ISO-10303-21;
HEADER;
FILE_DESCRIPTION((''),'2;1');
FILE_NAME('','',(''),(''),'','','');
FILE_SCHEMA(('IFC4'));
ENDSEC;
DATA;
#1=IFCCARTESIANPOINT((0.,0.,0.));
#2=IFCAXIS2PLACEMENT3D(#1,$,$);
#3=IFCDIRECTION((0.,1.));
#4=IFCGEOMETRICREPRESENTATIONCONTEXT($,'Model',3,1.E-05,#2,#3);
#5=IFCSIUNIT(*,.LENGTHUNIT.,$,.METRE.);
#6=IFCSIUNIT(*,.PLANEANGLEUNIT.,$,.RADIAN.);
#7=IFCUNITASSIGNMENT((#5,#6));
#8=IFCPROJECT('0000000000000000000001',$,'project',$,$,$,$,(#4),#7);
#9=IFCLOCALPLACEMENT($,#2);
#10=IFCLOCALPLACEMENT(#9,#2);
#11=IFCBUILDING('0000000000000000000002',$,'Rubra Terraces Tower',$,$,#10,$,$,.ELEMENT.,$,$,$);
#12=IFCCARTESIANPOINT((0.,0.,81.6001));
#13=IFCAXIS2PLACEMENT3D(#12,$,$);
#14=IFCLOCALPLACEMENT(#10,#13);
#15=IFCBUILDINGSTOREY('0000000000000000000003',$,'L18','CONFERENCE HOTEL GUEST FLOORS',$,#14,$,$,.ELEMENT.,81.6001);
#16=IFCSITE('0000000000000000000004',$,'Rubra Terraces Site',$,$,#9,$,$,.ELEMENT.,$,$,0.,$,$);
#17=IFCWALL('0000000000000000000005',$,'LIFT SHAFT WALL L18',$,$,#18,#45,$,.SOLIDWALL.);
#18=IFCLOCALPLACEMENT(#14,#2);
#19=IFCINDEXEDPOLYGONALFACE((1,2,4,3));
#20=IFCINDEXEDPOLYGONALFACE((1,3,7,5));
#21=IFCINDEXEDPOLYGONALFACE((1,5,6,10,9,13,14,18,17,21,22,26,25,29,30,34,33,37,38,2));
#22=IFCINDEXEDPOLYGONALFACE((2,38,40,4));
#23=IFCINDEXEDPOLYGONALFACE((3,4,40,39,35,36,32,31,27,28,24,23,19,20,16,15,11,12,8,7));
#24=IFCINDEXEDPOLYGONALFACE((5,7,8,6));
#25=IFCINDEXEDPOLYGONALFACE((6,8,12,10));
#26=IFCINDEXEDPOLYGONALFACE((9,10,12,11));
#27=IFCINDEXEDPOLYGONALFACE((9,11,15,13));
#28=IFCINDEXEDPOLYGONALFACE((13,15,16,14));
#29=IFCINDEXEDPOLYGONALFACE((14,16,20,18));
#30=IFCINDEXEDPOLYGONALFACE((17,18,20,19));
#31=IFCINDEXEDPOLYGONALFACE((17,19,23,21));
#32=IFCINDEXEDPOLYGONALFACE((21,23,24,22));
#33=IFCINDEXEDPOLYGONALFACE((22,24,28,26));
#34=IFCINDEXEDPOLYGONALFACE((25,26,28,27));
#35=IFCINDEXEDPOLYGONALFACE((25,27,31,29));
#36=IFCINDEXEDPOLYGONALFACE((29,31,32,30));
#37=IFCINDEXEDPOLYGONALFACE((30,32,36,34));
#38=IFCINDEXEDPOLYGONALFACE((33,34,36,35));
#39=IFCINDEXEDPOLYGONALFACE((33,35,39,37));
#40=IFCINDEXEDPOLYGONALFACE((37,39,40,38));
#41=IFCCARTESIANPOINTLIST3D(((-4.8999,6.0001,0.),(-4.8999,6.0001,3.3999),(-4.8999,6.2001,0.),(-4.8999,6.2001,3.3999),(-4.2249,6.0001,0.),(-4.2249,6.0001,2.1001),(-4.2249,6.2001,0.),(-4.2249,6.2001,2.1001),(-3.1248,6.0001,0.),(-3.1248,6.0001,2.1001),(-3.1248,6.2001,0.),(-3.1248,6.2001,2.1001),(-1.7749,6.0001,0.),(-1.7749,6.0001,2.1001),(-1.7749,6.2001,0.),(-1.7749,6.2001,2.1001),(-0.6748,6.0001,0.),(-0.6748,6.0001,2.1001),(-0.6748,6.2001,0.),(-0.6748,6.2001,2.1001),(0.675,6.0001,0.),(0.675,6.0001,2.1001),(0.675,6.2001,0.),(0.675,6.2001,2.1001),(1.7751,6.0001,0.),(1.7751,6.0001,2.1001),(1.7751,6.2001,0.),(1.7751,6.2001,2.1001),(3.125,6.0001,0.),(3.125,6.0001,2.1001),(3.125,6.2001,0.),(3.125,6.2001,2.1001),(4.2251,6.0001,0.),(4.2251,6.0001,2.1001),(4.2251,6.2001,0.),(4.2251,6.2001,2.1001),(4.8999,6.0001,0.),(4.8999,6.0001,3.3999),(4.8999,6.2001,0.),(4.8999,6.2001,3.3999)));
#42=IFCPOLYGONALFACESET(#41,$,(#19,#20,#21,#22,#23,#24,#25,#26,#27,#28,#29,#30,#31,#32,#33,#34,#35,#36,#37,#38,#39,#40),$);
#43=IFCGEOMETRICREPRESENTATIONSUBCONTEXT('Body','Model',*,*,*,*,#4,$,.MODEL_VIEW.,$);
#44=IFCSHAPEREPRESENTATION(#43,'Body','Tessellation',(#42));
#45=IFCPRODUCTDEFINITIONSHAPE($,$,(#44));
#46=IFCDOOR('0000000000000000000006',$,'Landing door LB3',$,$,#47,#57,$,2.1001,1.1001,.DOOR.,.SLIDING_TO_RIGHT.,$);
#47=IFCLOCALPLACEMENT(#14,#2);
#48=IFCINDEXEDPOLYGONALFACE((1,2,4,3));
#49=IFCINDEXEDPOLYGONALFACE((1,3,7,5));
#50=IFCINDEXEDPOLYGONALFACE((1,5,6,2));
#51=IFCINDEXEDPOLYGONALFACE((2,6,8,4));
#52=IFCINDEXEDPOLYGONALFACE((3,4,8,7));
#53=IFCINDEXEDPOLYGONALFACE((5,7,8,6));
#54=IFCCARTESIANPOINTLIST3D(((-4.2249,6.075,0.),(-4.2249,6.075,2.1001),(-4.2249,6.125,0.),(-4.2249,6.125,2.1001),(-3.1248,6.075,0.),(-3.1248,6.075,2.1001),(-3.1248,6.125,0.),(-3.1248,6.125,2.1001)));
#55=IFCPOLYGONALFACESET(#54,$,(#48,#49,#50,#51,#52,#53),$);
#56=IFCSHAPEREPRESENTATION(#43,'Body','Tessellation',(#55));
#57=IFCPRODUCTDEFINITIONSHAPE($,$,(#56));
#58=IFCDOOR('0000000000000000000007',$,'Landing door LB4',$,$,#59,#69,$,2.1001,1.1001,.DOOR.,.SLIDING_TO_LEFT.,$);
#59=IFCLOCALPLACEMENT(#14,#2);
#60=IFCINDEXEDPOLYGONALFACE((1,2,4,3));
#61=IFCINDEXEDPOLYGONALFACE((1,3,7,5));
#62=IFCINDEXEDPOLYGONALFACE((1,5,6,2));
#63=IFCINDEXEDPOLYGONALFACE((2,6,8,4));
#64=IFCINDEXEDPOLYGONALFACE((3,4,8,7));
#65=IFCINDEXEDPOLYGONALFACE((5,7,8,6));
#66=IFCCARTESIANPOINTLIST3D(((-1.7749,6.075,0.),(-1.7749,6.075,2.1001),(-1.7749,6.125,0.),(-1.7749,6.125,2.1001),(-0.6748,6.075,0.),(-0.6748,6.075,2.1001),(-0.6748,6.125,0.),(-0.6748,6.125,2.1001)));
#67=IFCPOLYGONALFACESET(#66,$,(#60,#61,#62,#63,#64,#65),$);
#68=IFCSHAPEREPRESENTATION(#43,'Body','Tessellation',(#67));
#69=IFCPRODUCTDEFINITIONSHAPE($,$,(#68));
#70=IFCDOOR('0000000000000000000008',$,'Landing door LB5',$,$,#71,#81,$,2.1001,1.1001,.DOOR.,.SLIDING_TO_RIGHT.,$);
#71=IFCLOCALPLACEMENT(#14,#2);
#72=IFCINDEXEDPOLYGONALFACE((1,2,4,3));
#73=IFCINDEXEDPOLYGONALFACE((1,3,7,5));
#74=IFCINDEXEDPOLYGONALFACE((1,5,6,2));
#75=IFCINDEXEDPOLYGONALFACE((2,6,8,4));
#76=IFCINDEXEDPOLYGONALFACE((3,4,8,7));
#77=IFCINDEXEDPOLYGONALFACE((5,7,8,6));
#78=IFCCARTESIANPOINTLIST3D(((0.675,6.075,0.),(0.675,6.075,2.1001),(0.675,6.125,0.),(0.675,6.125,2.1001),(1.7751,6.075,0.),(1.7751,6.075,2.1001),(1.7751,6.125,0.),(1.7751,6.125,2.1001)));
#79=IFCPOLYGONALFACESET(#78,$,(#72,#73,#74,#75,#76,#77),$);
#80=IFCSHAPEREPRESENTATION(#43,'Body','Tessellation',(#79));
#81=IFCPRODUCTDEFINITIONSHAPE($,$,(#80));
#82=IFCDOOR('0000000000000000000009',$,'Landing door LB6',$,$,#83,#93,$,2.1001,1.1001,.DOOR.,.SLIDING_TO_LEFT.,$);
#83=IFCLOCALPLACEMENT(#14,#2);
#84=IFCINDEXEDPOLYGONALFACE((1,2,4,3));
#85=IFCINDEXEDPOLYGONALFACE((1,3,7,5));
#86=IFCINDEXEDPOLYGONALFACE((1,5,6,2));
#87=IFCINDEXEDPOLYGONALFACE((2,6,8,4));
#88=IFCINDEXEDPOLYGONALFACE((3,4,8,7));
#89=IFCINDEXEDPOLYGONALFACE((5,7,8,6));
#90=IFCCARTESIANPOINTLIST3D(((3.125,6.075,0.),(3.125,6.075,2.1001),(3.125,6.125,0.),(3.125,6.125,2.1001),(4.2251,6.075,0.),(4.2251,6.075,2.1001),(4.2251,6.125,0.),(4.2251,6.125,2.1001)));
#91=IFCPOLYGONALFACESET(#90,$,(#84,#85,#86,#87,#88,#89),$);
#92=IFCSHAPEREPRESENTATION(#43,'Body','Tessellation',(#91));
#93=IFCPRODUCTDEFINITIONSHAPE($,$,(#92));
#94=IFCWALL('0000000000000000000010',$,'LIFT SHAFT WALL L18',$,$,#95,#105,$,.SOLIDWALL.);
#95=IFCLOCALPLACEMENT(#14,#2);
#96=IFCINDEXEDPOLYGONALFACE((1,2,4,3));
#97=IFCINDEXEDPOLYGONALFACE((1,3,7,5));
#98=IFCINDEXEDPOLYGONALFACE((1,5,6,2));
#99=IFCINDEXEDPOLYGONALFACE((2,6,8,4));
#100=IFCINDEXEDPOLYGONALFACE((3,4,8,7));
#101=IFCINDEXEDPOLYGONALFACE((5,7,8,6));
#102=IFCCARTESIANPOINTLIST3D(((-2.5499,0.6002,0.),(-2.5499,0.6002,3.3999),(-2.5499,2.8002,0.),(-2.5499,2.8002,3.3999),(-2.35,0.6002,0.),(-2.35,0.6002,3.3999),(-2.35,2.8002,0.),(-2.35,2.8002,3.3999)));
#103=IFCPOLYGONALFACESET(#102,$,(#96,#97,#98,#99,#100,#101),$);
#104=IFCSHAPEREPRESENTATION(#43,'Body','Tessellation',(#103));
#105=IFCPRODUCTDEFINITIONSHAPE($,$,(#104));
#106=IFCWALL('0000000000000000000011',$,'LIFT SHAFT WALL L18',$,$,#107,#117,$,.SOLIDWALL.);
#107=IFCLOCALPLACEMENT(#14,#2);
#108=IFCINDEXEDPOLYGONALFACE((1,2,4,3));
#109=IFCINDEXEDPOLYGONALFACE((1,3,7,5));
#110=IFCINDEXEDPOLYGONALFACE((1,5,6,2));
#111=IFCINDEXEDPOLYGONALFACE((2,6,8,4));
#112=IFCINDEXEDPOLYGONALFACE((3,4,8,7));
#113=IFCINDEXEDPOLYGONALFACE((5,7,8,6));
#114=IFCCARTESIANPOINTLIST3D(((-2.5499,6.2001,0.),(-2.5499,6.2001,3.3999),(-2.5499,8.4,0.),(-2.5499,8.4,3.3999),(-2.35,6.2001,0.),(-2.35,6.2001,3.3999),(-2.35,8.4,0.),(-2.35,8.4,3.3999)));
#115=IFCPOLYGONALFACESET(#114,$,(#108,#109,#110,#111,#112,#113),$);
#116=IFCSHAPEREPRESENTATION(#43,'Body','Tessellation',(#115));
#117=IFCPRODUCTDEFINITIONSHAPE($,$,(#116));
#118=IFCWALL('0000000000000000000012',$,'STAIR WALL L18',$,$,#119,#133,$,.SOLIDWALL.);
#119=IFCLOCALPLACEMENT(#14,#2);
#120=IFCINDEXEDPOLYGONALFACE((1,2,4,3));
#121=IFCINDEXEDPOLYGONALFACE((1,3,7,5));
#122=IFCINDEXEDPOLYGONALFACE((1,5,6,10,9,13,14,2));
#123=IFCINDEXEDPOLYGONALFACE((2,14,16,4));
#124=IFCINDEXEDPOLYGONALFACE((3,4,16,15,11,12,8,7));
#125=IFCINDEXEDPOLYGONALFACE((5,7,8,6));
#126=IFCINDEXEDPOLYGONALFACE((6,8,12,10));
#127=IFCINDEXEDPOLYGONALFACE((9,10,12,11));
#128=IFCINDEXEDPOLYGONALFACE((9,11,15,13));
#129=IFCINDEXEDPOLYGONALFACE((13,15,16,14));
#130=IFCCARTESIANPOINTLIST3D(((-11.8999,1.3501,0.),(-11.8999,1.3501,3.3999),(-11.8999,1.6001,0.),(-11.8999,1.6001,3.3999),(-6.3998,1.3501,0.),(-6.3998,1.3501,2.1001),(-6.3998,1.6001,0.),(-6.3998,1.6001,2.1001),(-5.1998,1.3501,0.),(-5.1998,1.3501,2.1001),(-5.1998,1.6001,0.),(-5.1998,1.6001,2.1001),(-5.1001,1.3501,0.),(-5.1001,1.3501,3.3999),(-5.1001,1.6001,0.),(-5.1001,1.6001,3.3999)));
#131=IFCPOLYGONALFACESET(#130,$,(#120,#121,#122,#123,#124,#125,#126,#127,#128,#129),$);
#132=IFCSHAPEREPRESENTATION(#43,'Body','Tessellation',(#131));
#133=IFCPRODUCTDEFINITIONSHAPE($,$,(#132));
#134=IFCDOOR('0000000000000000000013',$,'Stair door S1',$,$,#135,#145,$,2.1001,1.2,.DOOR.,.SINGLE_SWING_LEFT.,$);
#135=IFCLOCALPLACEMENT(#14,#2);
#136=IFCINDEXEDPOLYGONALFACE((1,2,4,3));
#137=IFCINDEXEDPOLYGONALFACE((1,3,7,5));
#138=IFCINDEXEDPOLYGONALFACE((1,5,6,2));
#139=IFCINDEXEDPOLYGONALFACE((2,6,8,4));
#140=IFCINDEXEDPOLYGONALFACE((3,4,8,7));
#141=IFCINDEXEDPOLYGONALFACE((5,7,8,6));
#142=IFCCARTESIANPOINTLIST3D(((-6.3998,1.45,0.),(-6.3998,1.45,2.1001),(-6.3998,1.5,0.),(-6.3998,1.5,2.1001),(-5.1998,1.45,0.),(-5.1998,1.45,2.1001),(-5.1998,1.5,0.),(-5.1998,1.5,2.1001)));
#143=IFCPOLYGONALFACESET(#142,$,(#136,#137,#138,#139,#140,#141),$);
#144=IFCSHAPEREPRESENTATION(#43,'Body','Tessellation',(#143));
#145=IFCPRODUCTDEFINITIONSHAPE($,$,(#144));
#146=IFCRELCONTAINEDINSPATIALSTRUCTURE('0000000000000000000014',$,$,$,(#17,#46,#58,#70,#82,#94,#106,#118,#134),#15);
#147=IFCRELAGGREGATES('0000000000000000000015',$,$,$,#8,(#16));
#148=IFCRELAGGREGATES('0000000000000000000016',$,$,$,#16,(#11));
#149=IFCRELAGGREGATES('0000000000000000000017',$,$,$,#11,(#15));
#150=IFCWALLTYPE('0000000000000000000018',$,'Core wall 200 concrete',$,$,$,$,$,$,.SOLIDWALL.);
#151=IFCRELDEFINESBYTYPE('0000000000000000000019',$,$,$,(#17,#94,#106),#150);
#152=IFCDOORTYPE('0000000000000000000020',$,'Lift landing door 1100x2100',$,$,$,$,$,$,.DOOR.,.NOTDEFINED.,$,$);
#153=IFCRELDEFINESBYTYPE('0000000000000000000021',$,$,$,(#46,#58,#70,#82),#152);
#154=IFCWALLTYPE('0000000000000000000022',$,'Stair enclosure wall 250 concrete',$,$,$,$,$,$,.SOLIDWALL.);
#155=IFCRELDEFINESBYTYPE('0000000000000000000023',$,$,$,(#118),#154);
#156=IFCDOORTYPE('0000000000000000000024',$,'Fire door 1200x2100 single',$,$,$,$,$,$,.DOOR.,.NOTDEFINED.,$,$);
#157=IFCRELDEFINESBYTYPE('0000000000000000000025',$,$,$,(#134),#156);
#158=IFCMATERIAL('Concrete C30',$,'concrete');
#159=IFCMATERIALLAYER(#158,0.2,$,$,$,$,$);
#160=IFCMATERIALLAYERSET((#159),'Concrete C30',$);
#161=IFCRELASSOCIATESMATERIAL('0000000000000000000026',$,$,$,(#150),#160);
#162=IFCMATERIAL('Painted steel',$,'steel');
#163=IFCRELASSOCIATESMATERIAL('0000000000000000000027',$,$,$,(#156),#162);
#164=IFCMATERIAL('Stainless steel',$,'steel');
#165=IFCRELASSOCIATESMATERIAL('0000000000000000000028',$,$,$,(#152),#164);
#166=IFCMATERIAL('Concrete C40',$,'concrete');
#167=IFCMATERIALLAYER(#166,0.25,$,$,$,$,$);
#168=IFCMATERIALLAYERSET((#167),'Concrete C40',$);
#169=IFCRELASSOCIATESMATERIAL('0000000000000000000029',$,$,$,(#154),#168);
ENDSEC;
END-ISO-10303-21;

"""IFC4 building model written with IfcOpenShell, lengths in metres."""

from ifc_helpers import new_model, si_unit, direction, frame, frame_2d, origin, place, context, subcontext, project, spatial, rectangle, extrude, material, layer, layer_set, type_object, element, fill, save


model = new_model("IFC4")

# Units and contexts
model_context = context("Model", 3, precision=1e-05, world=origin(), true_north=direction((0.0, 1.0)))
body_context = subcontext(model_context, "Body", "Model", "MODEL_VIEW")
ifc_project = project(units=[si_unit("LENGTHUNIT", "METRE"), si_unit("PLANEANGLEUNIT", "RADIAN")], contexts=[model_context])

# Site, building, storey
site_placement = place(None, origin())
site = spatial("IfcSite", under=ifc_project, at=site_placement, Name="Rubra Terraces Site", CompositionType="ELEMENT", RefElevation=0.0)
building_placement = place(site_placement, origin())
building = spatial("IfcBuilding", under=site, at=building_placement, Name="Rubra Terraces Tower", CompositionType="ELEMENT")
storey_placement = place(building_placement, frame((0.0, 0.0, 81.6001)))
storey = spatial("IfcBuildingStorey", under=building, at=storey_placement, Name="L18", Description="CONFERENCE HOTEL GUEST FLOORS", CompositionType="ELEMENT", Elevation=81.6001)

# Shared definitions
ifc_material_1 = material(Name="Concrete C40", Category="concrete")

# Shared definitions
ifc_material_2 = material(Name="Concrete C30", Category="concrete")
ifc_layer_1 = layer(ifc_material_2, 0.2)
ifc_layer_set_1 = layer_set([ifc_layer_1], Name="Concrete C30")
wall_type_1 = type_object("IfcWallType", Name="Core wall 200 concrete", PredefinedType="SOLIDWALL", material=ifc_layer_set_1)
ifc_material_3 = material(Name="Painted steel", Category="steel")
door_type_1 = type_object("IfcDoorType", Name="Fire door 1200x2100 single", OperationType="NOTDEFINED", PredefinedType="DOOR", material=ifc_material_3)
ifc_material_4 = material(Name="Stainless steel", Category="steel")

# Wall, openings, doors
door_type_2 = type_object("IfcDoorType", Name="Lift landing door 1100x2100", OperationType="NOTDEFINED", PredefinedType="DOOR", material=ifc_material_4)
wall_1_placement = place(storey_placement, frame((-4.8999, 6.1001, 0.0), z_axis=(0.0, 0.0, 1.0), x_axis=(1.0, 0.0, 0.0)))
wall_1 = element("IfcWall", 1, at=wall_1_placement, inside=storey, type_object=wall_type_1, Name="LIFT SHAFT WALL L18", PredefinedType="SOLIDWALL", context=body_context, shape_type="SweptSolid", body=[
    extrude(rectangle(XDim=9.7998, YDim=0.2, at=frame_2d((4.8999, 0.0))), origin(), (0.0, 0.0, 1.0), 3.3999),
])
opening_1_placement = place(wall_1_placement, frame((0.675, 0.0, 0.0)))
opening_1 = element("IfcOpeningElement", 2, at=opening_1_placement, cuts=wall_1, PredefinedType="OPENING", context=body_context, shape_type="SweptSolid", body=[
    extrude(rectangle(XDim=1.1001, YDim=2.1001, at=frame_2d((0.55, 1.05))), frame((0.0, 0.1099, 0.0), z_axis=(0.0, -1.0, 0.0), x_axis=(1.0, 0.0, 0.0)), (0.0, 0.0, 1.0), 0.22),
])
opening_2_placement = place(wall_1_placement, frame((3.125, 0.0, 0.0)))
opening_2 = element("IfcOpeningElement", 3, at=opening_2_placement, cuts=wall_1, PredefinedType="OPENING", context=body_context, shape_type="SweptSolid", body=[
    extrude(rectangle(XDim=1.1001, YDim=2.1001, at=frame_2d((0.55, 1.05))), frame((0.0, 0.1099, 0.0), z_axis=(0.0, -1.0, 0.0), x_axis=(1.0, 0.0, 0.0)), (0.0, 0.0, 1.0), 0.22),
])
opening_3_placement = place(wall_1_placement, frame((5.575, 0.0, 0.0)))
opening_3 = element("IfcOpeningElement", 4, at=opening_3_placement, cuts=wall_1, PredefinedType="OPENING", context=body_context, shape_type="SweptSolid", body=[
    extrude(rectangle(XDim=1.1001, YDim=2.1001, at=frame_2d((0.55, 1.05))), frame((0.0, 0.1099, 0.0), z_axis=(0.0, -1.0, 0.0), x_axis=(1.0, 0.0, 0.0)), (0.0, 0.0, 1.0), 0.22),
])
opening_4_placement = place(wall_1_placement, frame((8.0249, 0.0, 0.0)))
opening_4 = element("IfcOpeningElement", 5, at=opening_4_placement, cuts=wall_1, PredefinedType="OPENING", context=body_context, shape_type="SweptSolid", body=[
    extrude(rectangle(XDim=1.1001, YDim=2.1001, at=frame_2d((0.55, 1.05))), frame((0.0, 0.1099, 0.0), z_axis=(0.0, -1.0, 0.0), x_axis=(1.0, 0.0, 0.0)), (0.0, 0.0, 1.0), 0.22),
])
door_1_placement = place(opening_1_placement, origin())
door_1 = element("IfcDoor", 6, at=door_1_placement, inside=storey, type_object=door_type_2, Name="Landing door LB3", OperationType="SLIDING_TO_RIGHT", OverallHeight=2.1001, OverallWidth=1.1001, PredefinedType="DOOR", context=body_context, shape_type="SweptSolid", body=[
    extrude(rectangle(XDim=1.1001, YDim=2.1001, at=frame_2d((0.55, 1.05))), frame((0.0, 0.0249, 0.0), z_axis=(0.0, -1.0, 0.0), x_axis=(1.0, 0.0, 0.0)), (0.0, 0.0, 1.0), 0.05),
])
fill(opening_1, door_1)
door_2_placement = place(opening_2_placement, origin())
door_2 = element("IfcDoor", 7, at=door_2_placement, inside=storey, type_object=door_type_2, Name="Landing door LB4", OperationType="SLIDING_TO_LEFT", OverallHeight=2.1001, OverallWidth=1.1001, PredefinedType="DOOR", context=body_context, shape_type="SweptSolid", body=[
    extrude(rectangle(XDim=1.1001, YDim=2.1001, at=frame_2d((0.55, 1.05))), frame((0.0, 0.0249, 0.0), z_axis=(0.0, -1.0, 0.0), x_axis=(1.0, 0.0, 0.0)), (0.0, 0.0, 1.0), 0.05),
])
fill(opening_2, door_2)
door_3_placement = place(opening_3_placement, origin())
door_3 = element("IfcDoor", 8, at=door_3_placement, inside=storey, type_object=door_type_2, Name="Landing door LB5", OperationType="SLIDING_TO_RIGHT", OverallHeight=2.1001, OverallWidth=1.1001, PredefinedType="DOOR", context=body_context, shape_type="SweptSolid", body=[
    extrude(rectangle(XDim=1.1001, YDim=2.1001, at=frame_2d((0.55, 1.05))), frame((0.0, 0.0249, 0.0), z_axis=(0.0, -1.0, 0.0), x_axis=(1.0, 0.0, 0.0)), (0.0, 0.0, 1.0), 0.05),
])
fill(opening_3, door_3)
door_4_placement = place(opening_4_placement, origin())
door_4 = element("IfcDoor", 9, at=door_4_placement, inside=storey, type_object=door_type_2, Name="Landing door LB6", OperationType="SLIDING_TO_LEFT", OverallHeight=2.1001, OverallWidth=1.1001, PredefinedType="DOOR", context=body_context, shape_type="SweptSolid", body=[
    extrude(rectangle(XDim=1.1001, YDim=2.1001, at=frame_2d((0.55, 1.05))), frame((0.0, 0.0249, 0.0), z_axis=(0.0, -1.0, 0.0), x_axis=(1.0, 0.0, 0.0)), (0.0, 0.0, 1.0), 0.05),
])
fill(opening_4, door_4)

# Walls
for number, where, z_axis, x_axis, name in (
    (10, (-2.45, 0.6001, 0.0), (0.0, 0.0, 1.0), (0.0, 1.0, 0.0), "LIFT SHAFT WALL L18"),
    (11, (-2.45, 6.2, 0.0), (0.0, 0.0, 1.0), (0.0, 1.0, 0.0), "LIFT SHAFT WALL L18"),
):
    element("IfcWall", number, at=place(storey_placement, frame(where, z_axis=z_axis, x_axis=x_axis)), inside=storey, type_object=wall_type_1, Name=name, PredefinedType="SOLIDWALL", context=body_context, shape_type="SweptSolid", body=[
        extrude(rectangle(XDim=2.2, YDim=0.2, at=frame_2d((1.1001, 0.0))), origin(), (0.0, 0.0, 1.0), 3.3999),
    ])

# Wall, opening, door
ifc_layer_2 = layer(ifc_material_1, 0.25)
ifc_layer_set_2 = layer_set([ifc_layer_2], Name="Concrete C40")
wall_type_2 = type_object("IfcWallType", Name="Stair enclosure wall 250 concrete", PredefinedType="SOLIDWALL", material=ifc_layer_set_2)
wall_2_placement = place(storey_placement, frame((-11.8999, 1.4751, 0.0), z_axis=(0.0, 0.0, 1.0), x_axis=(1.0, 0.0, 0.0)))
wall_2 = element("IfcWall", 12, at=wall_2_placement, inside=storey, type_object=wall_type_2, Name="STAIR WALL L18", PredefinedType="SOLIDWALL", context=body_context, shape_type="SweptSolid", body=[
    extrude(rectangle(XDim=6.7998, YDim=0.25, at=frame_2d((3.3999, 0.0))), origin(), (0.0, 0.0, 1.0), 3.3999),
])
opening_5_placement = place(wall_2_placement, frame((5.5, 0.0, 0.0)))
opening_5 = element("IfcOpeningElement", 13, at=opening_5_placement, cuts=wall_2, PredefinedType="OPENING", context=body_context, shape_type="SweptSolid", body=[
    extrude(rectangle(XDim=1.2, YDim=2.1001, at=frame_2d((0.6001, 1.05))), frame((0.0, 0.135, 0.0), z_axis=(0.0, -1.0, 0.0), x_axis=(1.0, 0.0, 0.0)), (0.0, 0.0, 1.0), 0.27),
])
door_5_placement = place(opening_5_placement, origin())
door_5 = element("IfcDoor", 14, at=door_5_placement, inside=storey, type_object=door_type_1, Name="Stair door S1", OperationType="SINGLE_SWING_LEFT", OverallHeight=2.1001, OverallWidth=1.2, PredefinedType="DOOR", context=body_context, shape_type="SweptSolid", body=[
    extrude(rectangle(XDim=1.2, YDim=2.1001, at=frame_2d((0.6001, 1.05))), frame((0.0, 0.0249, 0.0), z_axis=(0.0, -1.0, 0.0), x_axis=(1.0, 0.0, 0.0)), (0.0, 0.0, 1.0), 0.05),
])
fill(opening_5, door_5)

save(model, "model.ifc")
